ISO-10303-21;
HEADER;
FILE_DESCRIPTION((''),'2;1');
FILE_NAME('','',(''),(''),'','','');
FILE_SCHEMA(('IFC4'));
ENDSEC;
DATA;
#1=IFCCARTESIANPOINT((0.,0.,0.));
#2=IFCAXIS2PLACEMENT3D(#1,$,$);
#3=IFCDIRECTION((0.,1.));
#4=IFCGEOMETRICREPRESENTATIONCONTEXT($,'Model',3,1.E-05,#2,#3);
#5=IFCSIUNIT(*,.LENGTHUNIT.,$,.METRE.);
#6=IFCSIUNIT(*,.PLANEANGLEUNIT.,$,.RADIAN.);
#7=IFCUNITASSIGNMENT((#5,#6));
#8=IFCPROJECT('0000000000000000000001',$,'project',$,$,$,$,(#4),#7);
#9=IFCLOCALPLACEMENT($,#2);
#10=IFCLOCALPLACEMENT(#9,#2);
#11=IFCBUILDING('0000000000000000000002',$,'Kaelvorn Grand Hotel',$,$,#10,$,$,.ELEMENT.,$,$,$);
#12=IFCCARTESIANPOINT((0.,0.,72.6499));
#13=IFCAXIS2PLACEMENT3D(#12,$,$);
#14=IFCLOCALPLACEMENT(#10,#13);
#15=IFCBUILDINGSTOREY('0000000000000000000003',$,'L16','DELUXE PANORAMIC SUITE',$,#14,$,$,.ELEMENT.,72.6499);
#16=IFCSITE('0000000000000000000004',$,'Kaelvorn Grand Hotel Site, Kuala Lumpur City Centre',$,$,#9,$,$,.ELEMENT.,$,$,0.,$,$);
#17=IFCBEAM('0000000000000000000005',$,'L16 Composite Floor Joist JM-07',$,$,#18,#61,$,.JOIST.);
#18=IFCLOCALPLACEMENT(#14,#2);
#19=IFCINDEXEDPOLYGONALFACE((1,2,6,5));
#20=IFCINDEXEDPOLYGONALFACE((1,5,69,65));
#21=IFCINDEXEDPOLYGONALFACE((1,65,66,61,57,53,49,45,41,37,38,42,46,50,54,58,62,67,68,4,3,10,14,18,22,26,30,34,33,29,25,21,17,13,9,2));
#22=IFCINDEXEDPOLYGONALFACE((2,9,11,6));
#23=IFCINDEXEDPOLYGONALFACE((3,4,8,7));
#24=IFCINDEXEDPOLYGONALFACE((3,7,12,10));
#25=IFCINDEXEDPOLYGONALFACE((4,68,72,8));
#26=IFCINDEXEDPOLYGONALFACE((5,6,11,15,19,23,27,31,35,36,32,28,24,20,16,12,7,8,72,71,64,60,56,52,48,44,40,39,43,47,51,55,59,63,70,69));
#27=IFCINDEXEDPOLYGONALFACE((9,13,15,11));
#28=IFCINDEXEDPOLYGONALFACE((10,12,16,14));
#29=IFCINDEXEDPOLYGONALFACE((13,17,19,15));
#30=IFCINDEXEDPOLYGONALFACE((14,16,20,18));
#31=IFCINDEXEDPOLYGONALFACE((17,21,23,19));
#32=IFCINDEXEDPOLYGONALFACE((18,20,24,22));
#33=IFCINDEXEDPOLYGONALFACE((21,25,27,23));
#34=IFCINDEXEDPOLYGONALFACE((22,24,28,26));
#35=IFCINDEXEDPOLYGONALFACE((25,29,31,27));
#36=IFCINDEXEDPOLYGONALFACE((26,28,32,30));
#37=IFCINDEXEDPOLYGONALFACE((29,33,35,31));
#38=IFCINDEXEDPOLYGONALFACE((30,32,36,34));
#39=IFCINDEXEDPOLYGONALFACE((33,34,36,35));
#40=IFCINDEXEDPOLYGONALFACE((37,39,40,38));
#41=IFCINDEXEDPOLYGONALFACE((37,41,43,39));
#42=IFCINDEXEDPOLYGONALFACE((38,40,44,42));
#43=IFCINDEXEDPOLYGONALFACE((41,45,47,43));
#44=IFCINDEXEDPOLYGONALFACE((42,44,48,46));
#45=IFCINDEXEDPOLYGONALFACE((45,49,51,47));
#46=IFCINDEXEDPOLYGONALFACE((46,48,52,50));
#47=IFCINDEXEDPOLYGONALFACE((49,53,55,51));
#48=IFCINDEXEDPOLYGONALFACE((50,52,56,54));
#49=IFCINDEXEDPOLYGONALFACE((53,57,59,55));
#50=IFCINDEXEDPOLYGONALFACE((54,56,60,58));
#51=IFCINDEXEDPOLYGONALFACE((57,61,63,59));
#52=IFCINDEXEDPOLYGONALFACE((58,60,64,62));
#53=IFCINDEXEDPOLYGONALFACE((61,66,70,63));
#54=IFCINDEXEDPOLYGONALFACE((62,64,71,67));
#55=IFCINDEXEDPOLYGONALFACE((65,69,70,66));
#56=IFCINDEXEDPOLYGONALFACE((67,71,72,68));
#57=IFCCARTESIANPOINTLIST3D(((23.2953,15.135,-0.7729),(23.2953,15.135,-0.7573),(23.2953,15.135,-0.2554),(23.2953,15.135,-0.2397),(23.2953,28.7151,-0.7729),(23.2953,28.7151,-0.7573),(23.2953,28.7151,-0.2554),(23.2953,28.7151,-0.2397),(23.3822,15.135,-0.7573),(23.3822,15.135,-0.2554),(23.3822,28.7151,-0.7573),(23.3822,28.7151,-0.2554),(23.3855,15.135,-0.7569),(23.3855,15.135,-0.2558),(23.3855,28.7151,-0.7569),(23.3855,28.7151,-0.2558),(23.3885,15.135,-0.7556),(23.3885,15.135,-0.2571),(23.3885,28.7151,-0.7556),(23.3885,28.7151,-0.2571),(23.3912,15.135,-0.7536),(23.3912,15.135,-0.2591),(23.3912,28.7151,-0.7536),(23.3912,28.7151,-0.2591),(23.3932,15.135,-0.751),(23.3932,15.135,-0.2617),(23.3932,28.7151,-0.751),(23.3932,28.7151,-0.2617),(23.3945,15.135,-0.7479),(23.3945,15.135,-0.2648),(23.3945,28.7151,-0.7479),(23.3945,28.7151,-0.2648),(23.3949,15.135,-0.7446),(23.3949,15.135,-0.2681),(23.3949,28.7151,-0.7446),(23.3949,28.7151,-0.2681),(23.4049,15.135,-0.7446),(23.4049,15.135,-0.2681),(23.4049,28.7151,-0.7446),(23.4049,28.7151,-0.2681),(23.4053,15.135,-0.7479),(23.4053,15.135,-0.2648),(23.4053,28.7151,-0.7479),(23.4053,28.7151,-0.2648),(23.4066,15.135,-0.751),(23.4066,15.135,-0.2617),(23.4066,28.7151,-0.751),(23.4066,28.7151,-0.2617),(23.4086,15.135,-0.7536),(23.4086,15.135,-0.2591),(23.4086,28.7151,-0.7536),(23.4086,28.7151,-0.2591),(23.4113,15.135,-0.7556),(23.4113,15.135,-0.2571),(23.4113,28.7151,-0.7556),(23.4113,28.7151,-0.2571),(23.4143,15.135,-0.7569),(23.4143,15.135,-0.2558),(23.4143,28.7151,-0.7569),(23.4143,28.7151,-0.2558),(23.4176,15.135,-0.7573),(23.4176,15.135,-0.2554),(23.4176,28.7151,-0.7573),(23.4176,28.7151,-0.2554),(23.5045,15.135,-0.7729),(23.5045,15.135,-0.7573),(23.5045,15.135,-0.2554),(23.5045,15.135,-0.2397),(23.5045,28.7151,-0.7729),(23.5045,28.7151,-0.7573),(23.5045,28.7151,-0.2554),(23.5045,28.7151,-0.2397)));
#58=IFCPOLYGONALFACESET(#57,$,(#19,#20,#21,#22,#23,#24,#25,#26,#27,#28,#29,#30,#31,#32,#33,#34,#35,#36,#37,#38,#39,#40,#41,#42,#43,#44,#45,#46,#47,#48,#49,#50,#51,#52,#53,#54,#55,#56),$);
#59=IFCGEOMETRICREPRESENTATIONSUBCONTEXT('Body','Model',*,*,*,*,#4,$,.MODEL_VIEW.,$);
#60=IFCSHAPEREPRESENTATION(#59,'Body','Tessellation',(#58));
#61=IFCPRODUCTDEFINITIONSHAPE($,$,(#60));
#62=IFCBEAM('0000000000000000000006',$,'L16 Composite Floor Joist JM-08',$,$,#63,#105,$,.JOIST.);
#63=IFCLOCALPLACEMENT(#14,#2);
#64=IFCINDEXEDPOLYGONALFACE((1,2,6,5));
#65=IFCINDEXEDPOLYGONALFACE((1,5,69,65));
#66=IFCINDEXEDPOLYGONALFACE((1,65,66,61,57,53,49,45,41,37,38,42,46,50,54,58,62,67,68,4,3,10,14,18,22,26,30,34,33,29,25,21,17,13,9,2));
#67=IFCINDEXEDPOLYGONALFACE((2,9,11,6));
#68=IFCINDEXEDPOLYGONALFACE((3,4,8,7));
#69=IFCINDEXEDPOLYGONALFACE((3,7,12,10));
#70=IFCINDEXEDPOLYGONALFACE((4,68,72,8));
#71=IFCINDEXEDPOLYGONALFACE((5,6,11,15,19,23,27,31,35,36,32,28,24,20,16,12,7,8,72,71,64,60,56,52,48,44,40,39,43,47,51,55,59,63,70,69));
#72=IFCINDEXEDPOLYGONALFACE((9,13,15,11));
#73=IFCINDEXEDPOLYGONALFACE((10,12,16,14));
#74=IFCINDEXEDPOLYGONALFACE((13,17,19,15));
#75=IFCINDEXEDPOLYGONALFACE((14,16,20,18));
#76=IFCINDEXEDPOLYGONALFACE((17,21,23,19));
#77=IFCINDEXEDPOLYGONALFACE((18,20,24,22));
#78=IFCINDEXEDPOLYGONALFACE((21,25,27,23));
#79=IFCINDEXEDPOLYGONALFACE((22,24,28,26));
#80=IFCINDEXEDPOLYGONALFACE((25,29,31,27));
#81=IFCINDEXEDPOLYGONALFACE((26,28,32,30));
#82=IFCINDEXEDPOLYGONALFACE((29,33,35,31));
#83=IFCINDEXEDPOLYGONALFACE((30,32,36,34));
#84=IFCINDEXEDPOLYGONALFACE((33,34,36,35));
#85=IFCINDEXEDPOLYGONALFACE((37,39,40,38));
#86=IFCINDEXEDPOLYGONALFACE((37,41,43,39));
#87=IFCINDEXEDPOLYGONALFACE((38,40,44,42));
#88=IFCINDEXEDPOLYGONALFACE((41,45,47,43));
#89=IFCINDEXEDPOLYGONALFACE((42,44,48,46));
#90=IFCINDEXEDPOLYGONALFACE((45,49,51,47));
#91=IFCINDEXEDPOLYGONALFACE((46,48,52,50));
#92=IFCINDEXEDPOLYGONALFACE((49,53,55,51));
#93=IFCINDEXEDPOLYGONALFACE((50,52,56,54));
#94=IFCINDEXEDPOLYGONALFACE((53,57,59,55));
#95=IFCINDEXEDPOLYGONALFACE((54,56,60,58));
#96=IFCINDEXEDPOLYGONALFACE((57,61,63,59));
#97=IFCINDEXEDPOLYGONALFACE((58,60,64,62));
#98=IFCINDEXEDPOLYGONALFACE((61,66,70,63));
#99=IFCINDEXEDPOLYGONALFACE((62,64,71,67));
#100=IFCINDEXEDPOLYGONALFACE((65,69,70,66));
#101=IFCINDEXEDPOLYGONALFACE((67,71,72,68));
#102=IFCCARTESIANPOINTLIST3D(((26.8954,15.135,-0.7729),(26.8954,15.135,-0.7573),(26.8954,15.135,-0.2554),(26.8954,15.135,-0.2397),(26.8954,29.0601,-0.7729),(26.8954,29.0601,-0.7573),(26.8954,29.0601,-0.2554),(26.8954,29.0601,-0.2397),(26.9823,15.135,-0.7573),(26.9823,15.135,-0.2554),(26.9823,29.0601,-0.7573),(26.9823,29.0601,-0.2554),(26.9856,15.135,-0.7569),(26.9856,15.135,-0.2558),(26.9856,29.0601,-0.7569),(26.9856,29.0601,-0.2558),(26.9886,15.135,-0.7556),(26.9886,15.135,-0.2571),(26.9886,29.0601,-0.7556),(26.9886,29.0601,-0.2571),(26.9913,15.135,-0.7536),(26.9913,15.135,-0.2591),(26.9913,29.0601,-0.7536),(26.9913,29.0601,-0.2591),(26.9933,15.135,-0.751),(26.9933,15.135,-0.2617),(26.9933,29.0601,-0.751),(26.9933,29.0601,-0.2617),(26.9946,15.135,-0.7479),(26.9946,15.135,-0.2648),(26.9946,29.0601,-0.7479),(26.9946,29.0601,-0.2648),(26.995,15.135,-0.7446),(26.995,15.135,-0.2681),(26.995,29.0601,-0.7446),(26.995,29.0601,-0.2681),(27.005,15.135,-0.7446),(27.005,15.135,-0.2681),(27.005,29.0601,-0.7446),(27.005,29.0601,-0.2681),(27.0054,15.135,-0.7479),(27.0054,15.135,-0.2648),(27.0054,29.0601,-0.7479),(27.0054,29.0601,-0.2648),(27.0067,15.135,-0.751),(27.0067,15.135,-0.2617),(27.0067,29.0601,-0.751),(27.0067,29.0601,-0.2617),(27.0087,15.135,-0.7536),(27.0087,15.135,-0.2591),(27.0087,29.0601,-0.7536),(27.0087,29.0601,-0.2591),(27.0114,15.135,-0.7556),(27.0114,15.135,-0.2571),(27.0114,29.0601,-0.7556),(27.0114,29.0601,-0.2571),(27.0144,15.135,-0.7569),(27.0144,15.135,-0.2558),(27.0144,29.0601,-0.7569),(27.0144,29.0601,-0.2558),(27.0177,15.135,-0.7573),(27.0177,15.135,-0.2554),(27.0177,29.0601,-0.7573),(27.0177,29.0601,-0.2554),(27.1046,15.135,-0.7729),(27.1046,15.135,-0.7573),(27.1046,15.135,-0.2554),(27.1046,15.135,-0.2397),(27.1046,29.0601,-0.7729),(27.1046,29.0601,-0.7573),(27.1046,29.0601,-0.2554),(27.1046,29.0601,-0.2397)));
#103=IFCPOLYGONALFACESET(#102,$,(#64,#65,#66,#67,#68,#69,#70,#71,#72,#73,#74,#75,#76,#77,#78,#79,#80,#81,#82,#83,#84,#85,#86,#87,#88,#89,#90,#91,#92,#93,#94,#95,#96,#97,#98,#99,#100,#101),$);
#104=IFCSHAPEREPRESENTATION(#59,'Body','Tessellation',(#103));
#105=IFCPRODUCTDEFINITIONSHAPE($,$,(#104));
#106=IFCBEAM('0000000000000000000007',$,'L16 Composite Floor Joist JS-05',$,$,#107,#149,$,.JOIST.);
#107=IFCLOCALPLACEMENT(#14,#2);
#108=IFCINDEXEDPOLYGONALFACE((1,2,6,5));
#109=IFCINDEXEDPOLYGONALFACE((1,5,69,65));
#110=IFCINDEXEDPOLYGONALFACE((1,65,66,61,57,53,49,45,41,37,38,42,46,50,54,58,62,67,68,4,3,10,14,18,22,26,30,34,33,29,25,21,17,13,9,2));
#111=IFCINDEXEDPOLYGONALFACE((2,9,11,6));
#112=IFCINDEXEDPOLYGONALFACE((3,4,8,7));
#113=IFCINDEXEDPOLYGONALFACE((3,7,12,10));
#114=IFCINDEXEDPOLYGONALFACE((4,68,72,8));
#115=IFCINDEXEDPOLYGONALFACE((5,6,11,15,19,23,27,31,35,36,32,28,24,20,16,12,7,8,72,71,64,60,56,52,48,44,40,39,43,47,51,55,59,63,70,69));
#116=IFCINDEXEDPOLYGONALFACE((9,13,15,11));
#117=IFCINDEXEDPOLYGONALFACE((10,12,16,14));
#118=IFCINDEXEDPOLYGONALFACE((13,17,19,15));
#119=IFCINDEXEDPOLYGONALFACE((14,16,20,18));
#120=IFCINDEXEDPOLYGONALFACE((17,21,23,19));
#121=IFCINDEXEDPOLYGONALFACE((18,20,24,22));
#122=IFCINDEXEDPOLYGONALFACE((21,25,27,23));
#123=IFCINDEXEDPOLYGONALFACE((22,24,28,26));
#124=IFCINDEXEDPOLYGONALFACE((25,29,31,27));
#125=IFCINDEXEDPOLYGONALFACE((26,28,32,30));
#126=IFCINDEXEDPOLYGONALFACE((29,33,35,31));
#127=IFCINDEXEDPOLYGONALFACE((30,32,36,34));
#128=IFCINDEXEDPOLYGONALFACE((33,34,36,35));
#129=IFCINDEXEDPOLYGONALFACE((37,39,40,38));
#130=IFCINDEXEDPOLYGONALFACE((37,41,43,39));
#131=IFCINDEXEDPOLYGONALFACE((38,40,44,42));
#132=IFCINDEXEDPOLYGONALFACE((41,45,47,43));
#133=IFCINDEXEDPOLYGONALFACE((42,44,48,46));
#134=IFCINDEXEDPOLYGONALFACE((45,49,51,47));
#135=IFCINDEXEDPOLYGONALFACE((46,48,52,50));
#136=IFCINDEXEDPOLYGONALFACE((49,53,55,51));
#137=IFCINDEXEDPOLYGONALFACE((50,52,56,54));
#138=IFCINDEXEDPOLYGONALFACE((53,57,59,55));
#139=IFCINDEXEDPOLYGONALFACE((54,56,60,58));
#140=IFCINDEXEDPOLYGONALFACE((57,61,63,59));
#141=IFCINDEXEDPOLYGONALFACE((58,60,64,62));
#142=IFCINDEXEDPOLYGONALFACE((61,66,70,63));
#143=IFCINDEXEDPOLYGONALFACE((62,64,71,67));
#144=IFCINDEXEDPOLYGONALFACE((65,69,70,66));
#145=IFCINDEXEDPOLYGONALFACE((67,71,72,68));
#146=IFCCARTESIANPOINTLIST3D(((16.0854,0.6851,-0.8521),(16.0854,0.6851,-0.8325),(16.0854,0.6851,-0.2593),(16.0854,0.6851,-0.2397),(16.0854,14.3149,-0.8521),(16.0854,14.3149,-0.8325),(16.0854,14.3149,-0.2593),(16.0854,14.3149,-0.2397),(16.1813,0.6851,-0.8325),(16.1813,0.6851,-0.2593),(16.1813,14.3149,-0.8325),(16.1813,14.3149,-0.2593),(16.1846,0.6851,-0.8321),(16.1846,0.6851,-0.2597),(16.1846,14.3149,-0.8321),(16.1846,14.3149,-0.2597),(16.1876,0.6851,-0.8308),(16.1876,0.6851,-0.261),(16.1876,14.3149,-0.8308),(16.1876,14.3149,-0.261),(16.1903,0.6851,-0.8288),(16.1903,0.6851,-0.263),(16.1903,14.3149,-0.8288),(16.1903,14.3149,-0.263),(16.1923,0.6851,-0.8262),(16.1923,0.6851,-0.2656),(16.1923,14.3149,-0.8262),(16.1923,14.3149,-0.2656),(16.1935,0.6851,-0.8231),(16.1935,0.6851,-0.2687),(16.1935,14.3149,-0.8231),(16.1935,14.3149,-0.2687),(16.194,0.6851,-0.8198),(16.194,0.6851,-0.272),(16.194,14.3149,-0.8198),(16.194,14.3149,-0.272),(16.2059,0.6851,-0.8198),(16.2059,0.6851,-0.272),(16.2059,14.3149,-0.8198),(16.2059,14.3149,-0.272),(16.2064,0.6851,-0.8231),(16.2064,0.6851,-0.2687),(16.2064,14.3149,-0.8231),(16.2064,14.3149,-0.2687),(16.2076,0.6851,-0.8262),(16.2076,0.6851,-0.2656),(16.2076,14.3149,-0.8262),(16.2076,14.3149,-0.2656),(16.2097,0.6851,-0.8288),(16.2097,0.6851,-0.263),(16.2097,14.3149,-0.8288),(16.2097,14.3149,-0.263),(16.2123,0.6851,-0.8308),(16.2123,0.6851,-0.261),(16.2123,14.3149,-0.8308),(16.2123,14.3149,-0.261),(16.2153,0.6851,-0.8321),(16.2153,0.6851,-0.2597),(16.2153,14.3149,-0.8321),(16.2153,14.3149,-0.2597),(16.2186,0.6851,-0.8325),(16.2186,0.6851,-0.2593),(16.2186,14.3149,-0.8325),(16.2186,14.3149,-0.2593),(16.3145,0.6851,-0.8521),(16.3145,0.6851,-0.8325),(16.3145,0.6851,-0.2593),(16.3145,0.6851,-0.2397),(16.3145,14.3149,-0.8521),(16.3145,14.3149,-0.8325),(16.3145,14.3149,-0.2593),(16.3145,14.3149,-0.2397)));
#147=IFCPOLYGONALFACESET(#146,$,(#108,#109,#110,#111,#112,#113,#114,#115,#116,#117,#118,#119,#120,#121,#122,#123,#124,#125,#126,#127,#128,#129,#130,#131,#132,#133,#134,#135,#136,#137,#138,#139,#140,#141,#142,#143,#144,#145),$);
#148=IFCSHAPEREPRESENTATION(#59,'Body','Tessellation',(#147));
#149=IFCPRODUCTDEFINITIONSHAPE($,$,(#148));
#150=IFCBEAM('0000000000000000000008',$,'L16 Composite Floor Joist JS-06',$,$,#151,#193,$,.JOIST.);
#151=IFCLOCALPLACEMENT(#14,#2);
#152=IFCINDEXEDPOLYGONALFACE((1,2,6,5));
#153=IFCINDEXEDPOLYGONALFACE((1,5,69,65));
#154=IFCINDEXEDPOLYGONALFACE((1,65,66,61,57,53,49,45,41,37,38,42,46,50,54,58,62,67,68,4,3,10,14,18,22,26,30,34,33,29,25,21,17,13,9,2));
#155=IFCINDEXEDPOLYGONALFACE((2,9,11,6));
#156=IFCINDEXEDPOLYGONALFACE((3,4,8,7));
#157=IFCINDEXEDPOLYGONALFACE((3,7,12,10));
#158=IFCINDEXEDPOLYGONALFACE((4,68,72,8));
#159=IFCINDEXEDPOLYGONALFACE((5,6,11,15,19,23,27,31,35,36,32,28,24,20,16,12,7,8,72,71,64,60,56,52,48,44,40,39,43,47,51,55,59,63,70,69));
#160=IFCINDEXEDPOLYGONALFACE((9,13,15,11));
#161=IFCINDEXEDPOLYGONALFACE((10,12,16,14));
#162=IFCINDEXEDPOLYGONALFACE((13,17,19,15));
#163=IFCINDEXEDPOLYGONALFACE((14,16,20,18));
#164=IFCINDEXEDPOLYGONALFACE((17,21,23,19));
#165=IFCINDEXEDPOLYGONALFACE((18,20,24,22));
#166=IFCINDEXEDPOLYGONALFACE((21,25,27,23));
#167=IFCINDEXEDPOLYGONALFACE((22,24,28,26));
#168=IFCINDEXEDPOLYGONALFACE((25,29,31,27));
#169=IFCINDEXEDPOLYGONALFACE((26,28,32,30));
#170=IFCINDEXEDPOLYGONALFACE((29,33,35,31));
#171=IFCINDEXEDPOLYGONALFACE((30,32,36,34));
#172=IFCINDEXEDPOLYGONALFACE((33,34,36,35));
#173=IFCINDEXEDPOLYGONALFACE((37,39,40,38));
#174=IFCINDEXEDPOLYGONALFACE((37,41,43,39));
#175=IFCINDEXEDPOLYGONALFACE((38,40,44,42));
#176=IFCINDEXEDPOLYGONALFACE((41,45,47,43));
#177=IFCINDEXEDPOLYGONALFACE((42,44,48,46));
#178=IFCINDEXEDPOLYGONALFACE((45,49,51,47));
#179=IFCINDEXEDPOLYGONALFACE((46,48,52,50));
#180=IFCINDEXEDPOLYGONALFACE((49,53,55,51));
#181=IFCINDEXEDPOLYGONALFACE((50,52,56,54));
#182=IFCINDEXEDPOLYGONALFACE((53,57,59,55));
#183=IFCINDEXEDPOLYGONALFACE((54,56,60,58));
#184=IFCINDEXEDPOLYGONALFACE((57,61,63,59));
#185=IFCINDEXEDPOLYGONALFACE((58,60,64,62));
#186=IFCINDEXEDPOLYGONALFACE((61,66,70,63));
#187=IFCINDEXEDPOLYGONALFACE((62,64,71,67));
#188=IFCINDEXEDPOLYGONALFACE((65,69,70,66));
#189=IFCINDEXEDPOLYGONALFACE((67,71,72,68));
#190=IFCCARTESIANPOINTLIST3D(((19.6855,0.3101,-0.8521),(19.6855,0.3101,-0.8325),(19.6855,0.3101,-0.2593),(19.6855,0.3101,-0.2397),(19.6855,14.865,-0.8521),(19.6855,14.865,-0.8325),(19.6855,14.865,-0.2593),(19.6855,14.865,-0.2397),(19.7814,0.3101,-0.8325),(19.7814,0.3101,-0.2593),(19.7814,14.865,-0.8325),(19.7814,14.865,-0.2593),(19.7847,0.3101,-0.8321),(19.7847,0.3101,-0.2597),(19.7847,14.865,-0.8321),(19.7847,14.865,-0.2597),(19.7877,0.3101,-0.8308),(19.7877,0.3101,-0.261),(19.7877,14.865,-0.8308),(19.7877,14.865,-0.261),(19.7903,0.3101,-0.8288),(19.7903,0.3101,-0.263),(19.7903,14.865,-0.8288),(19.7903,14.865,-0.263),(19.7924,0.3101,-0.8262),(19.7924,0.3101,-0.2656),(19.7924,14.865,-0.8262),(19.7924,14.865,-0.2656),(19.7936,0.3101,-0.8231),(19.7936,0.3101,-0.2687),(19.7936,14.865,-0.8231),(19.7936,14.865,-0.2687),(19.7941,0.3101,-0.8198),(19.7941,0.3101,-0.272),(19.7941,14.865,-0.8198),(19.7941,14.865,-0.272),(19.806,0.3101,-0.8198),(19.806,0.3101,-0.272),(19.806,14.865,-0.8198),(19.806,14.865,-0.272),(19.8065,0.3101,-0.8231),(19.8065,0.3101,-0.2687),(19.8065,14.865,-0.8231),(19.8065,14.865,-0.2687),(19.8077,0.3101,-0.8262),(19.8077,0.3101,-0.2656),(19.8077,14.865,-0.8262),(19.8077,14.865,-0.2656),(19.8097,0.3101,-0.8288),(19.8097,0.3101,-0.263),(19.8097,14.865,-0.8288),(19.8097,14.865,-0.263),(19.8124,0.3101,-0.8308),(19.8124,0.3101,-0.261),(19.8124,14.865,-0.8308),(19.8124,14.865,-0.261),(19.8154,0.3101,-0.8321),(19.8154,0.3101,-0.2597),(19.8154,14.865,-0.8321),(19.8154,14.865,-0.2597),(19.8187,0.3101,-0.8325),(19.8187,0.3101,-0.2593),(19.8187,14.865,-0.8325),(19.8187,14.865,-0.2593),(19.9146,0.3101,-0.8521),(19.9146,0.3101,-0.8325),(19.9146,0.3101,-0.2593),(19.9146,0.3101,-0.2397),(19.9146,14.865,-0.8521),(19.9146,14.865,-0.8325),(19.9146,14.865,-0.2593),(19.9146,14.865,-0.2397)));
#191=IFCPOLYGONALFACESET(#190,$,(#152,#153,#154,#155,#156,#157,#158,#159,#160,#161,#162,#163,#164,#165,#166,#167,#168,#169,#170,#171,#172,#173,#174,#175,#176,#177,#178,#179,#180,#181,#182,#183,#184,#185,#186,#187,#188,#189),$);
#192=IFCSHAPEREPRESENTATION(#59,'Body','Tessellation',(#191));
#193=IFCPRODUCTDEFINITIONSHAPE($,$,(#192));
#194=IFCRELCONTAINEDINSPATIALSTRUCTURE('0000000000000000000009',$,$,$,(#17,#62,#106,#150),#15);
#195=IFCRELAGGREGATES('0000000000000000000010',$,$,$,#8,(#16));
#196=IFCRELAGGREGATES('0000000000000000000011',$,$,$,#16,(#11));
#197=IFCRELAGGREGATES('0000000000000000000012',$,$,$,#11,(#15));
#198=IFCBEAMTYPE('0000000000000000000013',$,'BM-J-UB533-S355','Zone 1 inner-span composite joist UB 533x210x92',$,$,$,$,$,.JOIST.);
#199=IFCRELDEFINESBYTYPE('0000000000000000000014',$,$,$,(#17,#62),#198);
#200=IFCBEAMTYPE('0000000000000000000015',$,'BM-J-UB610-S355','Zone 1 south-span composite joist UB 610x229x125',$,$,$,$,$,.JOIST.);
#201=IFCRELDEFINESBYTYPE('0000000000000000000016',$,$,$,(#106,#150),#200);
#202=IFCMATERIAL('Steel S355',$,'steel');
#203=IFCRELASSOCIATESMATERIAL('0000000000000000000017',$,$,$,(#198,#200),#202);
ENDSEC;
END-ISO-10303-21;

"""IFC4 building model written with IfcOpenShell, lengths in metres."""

from ifc_helpers import new_model, si_unit, direction, frame, origin, origin_2d, place, context, subcontext, project, spatial, i_section, extrude, material, material_profile, profile_set, type_object, element, save


model = new_model("IFC4")

# Units and contexts
model_context = context("Model", 3, precision=1e-05, world=origin(), true_north=direction((0.0, 1.0)))
body_context = subcontext(model_context, "Body", "Model", "MODEL_VIEW")
ifc_project = project(units=[si_unit("LENGTHUNIT", "METRE"), si_unit("PLANEANGLEUNIT", "RADIAN")], contexts=[model_context])

# Site, building, storey
site_placement = place(None, origin())
site = spatial("IfcSite", under=ifc_project, at=site_placement, Name="Kaelvorn Grand Hotel Site, Kuala Lumpur City Centre", CompositionType="ELEMENT", RefElevation=0.0)
building_placement = place(site_placement, origin())
building = spatial("IfcBuilding", under=site, at=building_placement, Name="Kaelvorn Grand Hotel", CompositionType="ELEMENT")
storey_placement = place(building_placement, frame((0.0, 0.0, 72.6499)))
storey = spatial("IfcBuildingStorey", under=building, at=storey_placement, Name="L16", Description="DELUXE PANORAMIC SUITE", CompositionType="ELEMENT", Elevation=72.6499)

# Beams
ifc_material_1 = material(Name="Steel S355", Category="steel")
ifc_material_profile_1 = material_profile(ifc_material_1, i_section(OverallWidth=0.2092, OverallDepth=0.5332, WebThickness=0.01, FlangeThickness=0.0156, FilletRadius=0.0127, at=origin_2d()), Name="UB 533x210x92")
ifc_profile_set_1 = profile_set([ifc_material_profile_1], Name="Steel S355")
beam_type_1 = type_object("IfcBeamType", Name="BM-J-UB533-S355", Description="Zone 1 inner-span composite joist UB 533x210x92", PredefinedType="JOIST", material=ifc_profile_set_1)
beam_1_placement = place(storey_placement, frame((23.3999, 15.135, -0.5063), z_axis=(0.0, 1.0, 0.0), x_axis=(-1.0, 0.0, 0.0)))
element("IfcBeam", 1, at=beam_1_placement, inside=storey, type_object=beam_type_1, Name="L16 Composite Floor Joist JM-07", PredefinedType="JOIST", context=body_context, shape_type="SweptSolid", body=[
    extrude(i_section(OverallWidth=0.2092, OverallDepth=0.5332, WebThickness=0.01, FlangeThickness=0.0156, FilletRadius=0.0127, at=origin_2d()), origin(), (0.0, 0.0, 1.0), 13.5801),
])
beam_2_placement = place(storey_placement, frame((27.0, 15.135, -0.5063), z_axis=(0.0, 1.0, 0.0), x_axis=(-1.0, 0.0, 0.0)))
element("IfcBeam", 2, at=beam_2_placement, inside=storey, type_object=beam_type_1, Name="L16 Composite Floor Joist JM-08", PredefinedType="JOIST", context=body_context, shape_type="SweptSolid", body=[
    extrude(i_section(OverallWidth=0.2092, OverallDepth=0.5332, WebThickness=0.01, FlangeThickness=0.0156, FilletRadius=0.0127, at=origin_2d()), origin(), (0.0, 0.0, 1.0), 13.925),
])
ifc_material_profile_2 = material_profile(ifc_material_1, i_section(OverallWidth=0.229, OverallDepth=0.6123, WebThickness=0.012, FlangeThickness=0.0195, FilletRadius=0.0127, at=origin_2d()), Name="UB 610x229x125")
ifc_profile_set_2 = profile_set([ifc_material_profile_2], Name="Steel S355")
beam_type_2 = type_object("IfcBeamType", Name="BM-J-UB610-S355", Description="Zone 1 south-span composite joist UB 610x229x125", PredefinedType="JOIST", material=ifc_profile_set_2)
beam_3_placement = place(storey_placement, frame((16.2, 0.6851, -0.5459), z_axis=(0.0, 1.0, 0.0), x_axis=(-1.0, 0.0, 0.0)))
element("IfcBeam", 3, at=beam_3_placement, inside=storey, type_object=beam_type_2, Name="L16 Composite Floor Joist JS-05", PredefinedType="JOIST", context=body_context, shape_type="SweptSolid", body=[
    extrude(i_section(OverallWidth=0.229, OverallDepth=0.6123, WebThickness=0.012, FlangeThickness=0.0195, FilletRadius=0.0127, at=origin_2d()), origin(), (0.0, 0.0, 1.0), 13.6299),
])
beam_4_placement = place(storey_placement, frame((19.8, 0.3101, -0.5459), z_axis=(0.0, 1.0, 0.0), x_axis=(-1.0, 0.0, 0.0)))
element("IfcBeam", 4, at=beam_4_placement, inside=storey, type_object=beam_type_2, Name="L16 Composite Floor Joist JS-06", PredefinedType="JOIST", context=body_context, shape_type="SweptSolid", body=[
    extrude(i_section(OverallWidth=0.229, OverallDepth=0.6123, WebThickness=0.012, FlangeThickness=0.0195, FilletRadius=0.0127, at=origin_2d()), origin(), (0.0, 0.0, 1.0), 14.5549),
])

save(model, "model.ifc")
